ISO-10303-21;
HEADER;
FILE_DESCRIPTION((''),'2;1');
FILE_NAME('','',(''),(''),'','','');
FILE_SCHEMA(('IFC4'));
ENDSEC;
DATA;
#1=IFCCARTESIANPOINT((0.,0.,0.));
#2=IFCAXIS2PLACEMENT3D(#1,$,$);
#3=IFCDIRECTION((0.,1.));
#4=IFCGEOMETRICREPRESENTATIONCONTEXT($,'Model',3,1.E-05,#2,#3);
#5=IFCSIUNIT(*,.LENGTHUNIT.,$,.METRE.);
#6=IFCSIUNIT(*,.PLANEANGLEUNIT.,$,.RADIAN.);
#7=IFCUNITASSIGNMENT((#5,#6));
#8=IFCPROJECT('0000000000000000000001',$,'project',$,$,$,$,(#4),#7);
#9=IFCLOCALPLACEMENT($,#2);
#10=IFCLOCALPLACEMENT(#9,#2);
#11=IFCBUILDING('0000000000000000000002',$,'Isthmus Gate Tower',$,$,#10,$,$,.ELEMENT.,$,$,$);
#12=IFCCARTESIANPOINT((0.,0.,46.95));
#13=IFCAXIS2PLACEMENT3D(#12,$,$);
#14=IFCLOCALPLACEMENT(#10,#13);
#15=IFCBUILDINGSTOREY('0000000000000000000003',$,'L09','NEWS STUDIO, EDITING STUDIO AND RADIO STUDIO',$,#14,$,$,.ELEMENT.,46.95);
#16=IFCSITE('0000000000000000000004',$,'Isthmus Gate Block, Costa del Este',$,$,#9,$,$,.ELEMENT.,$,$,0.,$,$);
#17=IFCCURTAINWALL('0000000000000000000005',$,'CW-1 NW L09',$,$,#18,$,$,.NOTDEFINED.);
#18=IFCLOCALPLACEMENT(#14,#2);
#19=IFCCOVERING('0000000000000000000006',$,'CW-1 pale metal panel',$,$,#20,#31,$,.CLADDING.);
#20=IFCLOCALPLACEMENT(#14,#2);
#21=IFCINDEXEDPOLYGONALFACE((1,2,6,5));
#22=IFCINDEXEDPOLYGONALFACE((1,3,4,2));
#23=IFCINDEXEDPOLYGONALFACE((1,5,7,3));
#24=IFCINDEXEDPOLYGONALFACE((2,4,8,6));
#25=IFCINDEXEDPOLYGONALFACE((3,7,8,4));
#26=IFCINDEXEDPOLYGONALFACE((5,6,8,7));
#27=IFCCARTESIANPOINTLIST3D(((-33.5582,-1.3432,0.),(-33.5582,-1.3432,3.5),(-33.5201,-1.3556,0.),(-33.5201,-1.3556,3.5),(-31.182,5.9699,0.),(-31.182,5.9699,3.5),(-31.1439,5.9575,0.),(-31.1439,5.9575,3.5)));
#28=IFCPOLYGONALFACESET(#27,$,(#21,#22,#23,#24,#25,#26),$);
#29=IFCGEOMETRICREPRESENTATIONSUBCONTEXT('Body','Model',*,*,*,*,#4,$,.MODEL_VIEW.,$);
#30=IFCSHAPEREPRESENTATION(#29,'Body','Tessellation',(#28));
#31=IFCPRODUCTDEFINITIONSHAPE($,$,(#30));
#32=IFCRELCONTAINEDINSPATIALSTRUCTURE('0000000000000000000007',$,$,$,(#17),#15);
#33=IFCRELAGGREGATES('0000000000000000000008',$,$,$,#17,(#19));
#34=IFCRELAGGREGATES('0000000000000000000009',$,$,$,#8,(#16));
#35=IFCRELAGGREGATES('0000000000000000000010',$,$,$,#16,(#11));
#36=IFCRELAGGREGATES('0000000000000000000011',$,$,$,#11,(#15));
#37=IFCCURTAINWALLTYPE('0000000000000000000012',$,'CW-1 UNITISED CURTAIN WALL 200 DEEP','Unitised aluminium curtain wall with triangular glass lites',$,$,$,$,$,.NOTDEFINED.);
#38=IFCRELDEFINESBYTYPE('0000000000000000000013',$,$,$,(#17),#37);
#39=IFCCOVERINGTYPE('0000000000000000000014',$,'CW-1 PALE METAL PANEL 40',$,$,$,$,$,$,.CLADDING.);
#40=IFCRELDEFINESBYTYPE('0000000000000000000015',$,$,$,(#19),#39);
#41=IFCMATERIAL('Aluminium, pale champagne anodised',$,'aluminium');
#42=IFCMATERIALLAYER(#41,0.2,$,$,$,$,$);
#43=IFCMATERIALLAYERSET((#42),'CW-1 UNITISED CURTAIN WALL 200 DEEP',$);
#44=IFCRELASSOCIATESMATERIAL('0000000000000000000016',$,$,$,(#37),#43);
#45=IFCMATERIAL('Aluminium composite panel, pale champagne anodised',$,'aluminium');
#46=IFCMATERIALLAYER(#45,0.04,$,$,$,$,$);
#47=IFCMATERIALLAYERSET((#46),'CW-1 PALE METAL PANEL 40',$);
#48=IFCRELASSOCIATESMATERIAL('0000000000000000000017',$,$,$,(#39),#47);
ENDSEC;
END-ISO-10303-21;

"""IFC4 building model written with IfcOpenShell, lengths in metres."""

from ifc_helpers import new_model, si_unit, direction, frame, origin, origin_2d, place, context, subcontext, project, spatial, rectangle, extrude, material, layer, layer_set, type_object, element, aggregate, save


model = new_model("IFC4")

# Units and contexts
model_context = context("Model", 3, precision=1e-05, world=origin(), true_north=direction((0.0, 1.0)))
body_context = subcontext(model_context, "Body", "Model", "MODEL_VIEW")
ifc_project = project(units=[si_unit("LENGTHUNIT", "METRE"), si_unit("PLANEANGLEUNIT", "RADIAN")], contexts=[model_context])

# Site, building, storey
site_placement = place(None, origin())
site = spatial("IfcSite", under=ifc_project, at=site_placement, Name="Isthmus Gate Block, Costa del Este", CompositionType="ELEMENT", RefElevation=0.0)
building_placement = place(site_placement, origin())
building = spatial("IfcBuilding", under=site, at=building_placement, Name="Isthmus Gate Tower", CompositionType="ELEMENT")
storey_placement = place(building_placement, frame((0.0, 0.0, 46.95)))
storey = spatial("IfcBuildingStorey", under=building, at=storey_placement, Name="L09", Description="NEWS STUDIO, EDITING STUDIO AND RADIO STUDIO", CompositionType="ELEMENT", Elevation=46.95)

# Shared definitions
ifc_material_1 = material(Name="Aluminium, pale champagne anodised", Category="aluminium")
ifc_layer_1 = layer(ifc_material_1, 0.2)
ifc_layer_set_1 = layer_set([ifc_layer_1], Name="CW-1 UNITISED CURTAIN WALL 200 DEEP")
curtain_wall_type = type_object("IfcCurtainWallType", Name="CW-1 UNITISED CURTAIN WALL 200 DEEP", Description="Unitised aluminium curtain wall with triangular glass lites", PredefinedType="NOTDEFINED", material=ifc_layer_set_1)

# Curtain wall, covering
curtain_wall_1_placement = place(storey_placement, origin())
curtain_wall_1 = element("IfcCurtainWall", 1, at=curtain_wall_1_placement, inside=storey, type_object=curtain_wall_type, Name="CW-1 NW L09", PredefinedType="NOTDEFINED")
ifc_material_2 = material(Name="Aluminium composite panel, pale champagne anodised", Category="aluminium")
ifc_layer_2 = layer(ifc_material_2, 0.04)
ifc_layer_set_2 = layer_set([ifc_layer_2], Name="CW-1 PALE METAL PANEL 40")
covering_type = type_object("IfcCoveringType", Name="CW-1 PALE METAL PANEL 40", PredefinedType="CLADDING", material=ifc_layer_set_2)
covering_placement = place(storey_placement, frame((-32.3511, 2.3071, 0.0), z_axis=(0.0, 0.0, 1.0), x_axis=(-0.309017, -0.951057, 0.0)))
covering = element("IfcCovering", 2, at=covering_placement, type_object=covering_type, Name="CW-1 pale metal panel", PredefinedType="CLADDING", context=body_context, shape_type="SweptSolid", body=[
    extrude(rectangle(XDim=7.6895, YDim=0.04, at=origin_2d()), origin(), (0.0, 0.0, 1.0), 3.5),
])
aggregate(curtain_wall_1, [covering])

save(model, "model.ifc")
